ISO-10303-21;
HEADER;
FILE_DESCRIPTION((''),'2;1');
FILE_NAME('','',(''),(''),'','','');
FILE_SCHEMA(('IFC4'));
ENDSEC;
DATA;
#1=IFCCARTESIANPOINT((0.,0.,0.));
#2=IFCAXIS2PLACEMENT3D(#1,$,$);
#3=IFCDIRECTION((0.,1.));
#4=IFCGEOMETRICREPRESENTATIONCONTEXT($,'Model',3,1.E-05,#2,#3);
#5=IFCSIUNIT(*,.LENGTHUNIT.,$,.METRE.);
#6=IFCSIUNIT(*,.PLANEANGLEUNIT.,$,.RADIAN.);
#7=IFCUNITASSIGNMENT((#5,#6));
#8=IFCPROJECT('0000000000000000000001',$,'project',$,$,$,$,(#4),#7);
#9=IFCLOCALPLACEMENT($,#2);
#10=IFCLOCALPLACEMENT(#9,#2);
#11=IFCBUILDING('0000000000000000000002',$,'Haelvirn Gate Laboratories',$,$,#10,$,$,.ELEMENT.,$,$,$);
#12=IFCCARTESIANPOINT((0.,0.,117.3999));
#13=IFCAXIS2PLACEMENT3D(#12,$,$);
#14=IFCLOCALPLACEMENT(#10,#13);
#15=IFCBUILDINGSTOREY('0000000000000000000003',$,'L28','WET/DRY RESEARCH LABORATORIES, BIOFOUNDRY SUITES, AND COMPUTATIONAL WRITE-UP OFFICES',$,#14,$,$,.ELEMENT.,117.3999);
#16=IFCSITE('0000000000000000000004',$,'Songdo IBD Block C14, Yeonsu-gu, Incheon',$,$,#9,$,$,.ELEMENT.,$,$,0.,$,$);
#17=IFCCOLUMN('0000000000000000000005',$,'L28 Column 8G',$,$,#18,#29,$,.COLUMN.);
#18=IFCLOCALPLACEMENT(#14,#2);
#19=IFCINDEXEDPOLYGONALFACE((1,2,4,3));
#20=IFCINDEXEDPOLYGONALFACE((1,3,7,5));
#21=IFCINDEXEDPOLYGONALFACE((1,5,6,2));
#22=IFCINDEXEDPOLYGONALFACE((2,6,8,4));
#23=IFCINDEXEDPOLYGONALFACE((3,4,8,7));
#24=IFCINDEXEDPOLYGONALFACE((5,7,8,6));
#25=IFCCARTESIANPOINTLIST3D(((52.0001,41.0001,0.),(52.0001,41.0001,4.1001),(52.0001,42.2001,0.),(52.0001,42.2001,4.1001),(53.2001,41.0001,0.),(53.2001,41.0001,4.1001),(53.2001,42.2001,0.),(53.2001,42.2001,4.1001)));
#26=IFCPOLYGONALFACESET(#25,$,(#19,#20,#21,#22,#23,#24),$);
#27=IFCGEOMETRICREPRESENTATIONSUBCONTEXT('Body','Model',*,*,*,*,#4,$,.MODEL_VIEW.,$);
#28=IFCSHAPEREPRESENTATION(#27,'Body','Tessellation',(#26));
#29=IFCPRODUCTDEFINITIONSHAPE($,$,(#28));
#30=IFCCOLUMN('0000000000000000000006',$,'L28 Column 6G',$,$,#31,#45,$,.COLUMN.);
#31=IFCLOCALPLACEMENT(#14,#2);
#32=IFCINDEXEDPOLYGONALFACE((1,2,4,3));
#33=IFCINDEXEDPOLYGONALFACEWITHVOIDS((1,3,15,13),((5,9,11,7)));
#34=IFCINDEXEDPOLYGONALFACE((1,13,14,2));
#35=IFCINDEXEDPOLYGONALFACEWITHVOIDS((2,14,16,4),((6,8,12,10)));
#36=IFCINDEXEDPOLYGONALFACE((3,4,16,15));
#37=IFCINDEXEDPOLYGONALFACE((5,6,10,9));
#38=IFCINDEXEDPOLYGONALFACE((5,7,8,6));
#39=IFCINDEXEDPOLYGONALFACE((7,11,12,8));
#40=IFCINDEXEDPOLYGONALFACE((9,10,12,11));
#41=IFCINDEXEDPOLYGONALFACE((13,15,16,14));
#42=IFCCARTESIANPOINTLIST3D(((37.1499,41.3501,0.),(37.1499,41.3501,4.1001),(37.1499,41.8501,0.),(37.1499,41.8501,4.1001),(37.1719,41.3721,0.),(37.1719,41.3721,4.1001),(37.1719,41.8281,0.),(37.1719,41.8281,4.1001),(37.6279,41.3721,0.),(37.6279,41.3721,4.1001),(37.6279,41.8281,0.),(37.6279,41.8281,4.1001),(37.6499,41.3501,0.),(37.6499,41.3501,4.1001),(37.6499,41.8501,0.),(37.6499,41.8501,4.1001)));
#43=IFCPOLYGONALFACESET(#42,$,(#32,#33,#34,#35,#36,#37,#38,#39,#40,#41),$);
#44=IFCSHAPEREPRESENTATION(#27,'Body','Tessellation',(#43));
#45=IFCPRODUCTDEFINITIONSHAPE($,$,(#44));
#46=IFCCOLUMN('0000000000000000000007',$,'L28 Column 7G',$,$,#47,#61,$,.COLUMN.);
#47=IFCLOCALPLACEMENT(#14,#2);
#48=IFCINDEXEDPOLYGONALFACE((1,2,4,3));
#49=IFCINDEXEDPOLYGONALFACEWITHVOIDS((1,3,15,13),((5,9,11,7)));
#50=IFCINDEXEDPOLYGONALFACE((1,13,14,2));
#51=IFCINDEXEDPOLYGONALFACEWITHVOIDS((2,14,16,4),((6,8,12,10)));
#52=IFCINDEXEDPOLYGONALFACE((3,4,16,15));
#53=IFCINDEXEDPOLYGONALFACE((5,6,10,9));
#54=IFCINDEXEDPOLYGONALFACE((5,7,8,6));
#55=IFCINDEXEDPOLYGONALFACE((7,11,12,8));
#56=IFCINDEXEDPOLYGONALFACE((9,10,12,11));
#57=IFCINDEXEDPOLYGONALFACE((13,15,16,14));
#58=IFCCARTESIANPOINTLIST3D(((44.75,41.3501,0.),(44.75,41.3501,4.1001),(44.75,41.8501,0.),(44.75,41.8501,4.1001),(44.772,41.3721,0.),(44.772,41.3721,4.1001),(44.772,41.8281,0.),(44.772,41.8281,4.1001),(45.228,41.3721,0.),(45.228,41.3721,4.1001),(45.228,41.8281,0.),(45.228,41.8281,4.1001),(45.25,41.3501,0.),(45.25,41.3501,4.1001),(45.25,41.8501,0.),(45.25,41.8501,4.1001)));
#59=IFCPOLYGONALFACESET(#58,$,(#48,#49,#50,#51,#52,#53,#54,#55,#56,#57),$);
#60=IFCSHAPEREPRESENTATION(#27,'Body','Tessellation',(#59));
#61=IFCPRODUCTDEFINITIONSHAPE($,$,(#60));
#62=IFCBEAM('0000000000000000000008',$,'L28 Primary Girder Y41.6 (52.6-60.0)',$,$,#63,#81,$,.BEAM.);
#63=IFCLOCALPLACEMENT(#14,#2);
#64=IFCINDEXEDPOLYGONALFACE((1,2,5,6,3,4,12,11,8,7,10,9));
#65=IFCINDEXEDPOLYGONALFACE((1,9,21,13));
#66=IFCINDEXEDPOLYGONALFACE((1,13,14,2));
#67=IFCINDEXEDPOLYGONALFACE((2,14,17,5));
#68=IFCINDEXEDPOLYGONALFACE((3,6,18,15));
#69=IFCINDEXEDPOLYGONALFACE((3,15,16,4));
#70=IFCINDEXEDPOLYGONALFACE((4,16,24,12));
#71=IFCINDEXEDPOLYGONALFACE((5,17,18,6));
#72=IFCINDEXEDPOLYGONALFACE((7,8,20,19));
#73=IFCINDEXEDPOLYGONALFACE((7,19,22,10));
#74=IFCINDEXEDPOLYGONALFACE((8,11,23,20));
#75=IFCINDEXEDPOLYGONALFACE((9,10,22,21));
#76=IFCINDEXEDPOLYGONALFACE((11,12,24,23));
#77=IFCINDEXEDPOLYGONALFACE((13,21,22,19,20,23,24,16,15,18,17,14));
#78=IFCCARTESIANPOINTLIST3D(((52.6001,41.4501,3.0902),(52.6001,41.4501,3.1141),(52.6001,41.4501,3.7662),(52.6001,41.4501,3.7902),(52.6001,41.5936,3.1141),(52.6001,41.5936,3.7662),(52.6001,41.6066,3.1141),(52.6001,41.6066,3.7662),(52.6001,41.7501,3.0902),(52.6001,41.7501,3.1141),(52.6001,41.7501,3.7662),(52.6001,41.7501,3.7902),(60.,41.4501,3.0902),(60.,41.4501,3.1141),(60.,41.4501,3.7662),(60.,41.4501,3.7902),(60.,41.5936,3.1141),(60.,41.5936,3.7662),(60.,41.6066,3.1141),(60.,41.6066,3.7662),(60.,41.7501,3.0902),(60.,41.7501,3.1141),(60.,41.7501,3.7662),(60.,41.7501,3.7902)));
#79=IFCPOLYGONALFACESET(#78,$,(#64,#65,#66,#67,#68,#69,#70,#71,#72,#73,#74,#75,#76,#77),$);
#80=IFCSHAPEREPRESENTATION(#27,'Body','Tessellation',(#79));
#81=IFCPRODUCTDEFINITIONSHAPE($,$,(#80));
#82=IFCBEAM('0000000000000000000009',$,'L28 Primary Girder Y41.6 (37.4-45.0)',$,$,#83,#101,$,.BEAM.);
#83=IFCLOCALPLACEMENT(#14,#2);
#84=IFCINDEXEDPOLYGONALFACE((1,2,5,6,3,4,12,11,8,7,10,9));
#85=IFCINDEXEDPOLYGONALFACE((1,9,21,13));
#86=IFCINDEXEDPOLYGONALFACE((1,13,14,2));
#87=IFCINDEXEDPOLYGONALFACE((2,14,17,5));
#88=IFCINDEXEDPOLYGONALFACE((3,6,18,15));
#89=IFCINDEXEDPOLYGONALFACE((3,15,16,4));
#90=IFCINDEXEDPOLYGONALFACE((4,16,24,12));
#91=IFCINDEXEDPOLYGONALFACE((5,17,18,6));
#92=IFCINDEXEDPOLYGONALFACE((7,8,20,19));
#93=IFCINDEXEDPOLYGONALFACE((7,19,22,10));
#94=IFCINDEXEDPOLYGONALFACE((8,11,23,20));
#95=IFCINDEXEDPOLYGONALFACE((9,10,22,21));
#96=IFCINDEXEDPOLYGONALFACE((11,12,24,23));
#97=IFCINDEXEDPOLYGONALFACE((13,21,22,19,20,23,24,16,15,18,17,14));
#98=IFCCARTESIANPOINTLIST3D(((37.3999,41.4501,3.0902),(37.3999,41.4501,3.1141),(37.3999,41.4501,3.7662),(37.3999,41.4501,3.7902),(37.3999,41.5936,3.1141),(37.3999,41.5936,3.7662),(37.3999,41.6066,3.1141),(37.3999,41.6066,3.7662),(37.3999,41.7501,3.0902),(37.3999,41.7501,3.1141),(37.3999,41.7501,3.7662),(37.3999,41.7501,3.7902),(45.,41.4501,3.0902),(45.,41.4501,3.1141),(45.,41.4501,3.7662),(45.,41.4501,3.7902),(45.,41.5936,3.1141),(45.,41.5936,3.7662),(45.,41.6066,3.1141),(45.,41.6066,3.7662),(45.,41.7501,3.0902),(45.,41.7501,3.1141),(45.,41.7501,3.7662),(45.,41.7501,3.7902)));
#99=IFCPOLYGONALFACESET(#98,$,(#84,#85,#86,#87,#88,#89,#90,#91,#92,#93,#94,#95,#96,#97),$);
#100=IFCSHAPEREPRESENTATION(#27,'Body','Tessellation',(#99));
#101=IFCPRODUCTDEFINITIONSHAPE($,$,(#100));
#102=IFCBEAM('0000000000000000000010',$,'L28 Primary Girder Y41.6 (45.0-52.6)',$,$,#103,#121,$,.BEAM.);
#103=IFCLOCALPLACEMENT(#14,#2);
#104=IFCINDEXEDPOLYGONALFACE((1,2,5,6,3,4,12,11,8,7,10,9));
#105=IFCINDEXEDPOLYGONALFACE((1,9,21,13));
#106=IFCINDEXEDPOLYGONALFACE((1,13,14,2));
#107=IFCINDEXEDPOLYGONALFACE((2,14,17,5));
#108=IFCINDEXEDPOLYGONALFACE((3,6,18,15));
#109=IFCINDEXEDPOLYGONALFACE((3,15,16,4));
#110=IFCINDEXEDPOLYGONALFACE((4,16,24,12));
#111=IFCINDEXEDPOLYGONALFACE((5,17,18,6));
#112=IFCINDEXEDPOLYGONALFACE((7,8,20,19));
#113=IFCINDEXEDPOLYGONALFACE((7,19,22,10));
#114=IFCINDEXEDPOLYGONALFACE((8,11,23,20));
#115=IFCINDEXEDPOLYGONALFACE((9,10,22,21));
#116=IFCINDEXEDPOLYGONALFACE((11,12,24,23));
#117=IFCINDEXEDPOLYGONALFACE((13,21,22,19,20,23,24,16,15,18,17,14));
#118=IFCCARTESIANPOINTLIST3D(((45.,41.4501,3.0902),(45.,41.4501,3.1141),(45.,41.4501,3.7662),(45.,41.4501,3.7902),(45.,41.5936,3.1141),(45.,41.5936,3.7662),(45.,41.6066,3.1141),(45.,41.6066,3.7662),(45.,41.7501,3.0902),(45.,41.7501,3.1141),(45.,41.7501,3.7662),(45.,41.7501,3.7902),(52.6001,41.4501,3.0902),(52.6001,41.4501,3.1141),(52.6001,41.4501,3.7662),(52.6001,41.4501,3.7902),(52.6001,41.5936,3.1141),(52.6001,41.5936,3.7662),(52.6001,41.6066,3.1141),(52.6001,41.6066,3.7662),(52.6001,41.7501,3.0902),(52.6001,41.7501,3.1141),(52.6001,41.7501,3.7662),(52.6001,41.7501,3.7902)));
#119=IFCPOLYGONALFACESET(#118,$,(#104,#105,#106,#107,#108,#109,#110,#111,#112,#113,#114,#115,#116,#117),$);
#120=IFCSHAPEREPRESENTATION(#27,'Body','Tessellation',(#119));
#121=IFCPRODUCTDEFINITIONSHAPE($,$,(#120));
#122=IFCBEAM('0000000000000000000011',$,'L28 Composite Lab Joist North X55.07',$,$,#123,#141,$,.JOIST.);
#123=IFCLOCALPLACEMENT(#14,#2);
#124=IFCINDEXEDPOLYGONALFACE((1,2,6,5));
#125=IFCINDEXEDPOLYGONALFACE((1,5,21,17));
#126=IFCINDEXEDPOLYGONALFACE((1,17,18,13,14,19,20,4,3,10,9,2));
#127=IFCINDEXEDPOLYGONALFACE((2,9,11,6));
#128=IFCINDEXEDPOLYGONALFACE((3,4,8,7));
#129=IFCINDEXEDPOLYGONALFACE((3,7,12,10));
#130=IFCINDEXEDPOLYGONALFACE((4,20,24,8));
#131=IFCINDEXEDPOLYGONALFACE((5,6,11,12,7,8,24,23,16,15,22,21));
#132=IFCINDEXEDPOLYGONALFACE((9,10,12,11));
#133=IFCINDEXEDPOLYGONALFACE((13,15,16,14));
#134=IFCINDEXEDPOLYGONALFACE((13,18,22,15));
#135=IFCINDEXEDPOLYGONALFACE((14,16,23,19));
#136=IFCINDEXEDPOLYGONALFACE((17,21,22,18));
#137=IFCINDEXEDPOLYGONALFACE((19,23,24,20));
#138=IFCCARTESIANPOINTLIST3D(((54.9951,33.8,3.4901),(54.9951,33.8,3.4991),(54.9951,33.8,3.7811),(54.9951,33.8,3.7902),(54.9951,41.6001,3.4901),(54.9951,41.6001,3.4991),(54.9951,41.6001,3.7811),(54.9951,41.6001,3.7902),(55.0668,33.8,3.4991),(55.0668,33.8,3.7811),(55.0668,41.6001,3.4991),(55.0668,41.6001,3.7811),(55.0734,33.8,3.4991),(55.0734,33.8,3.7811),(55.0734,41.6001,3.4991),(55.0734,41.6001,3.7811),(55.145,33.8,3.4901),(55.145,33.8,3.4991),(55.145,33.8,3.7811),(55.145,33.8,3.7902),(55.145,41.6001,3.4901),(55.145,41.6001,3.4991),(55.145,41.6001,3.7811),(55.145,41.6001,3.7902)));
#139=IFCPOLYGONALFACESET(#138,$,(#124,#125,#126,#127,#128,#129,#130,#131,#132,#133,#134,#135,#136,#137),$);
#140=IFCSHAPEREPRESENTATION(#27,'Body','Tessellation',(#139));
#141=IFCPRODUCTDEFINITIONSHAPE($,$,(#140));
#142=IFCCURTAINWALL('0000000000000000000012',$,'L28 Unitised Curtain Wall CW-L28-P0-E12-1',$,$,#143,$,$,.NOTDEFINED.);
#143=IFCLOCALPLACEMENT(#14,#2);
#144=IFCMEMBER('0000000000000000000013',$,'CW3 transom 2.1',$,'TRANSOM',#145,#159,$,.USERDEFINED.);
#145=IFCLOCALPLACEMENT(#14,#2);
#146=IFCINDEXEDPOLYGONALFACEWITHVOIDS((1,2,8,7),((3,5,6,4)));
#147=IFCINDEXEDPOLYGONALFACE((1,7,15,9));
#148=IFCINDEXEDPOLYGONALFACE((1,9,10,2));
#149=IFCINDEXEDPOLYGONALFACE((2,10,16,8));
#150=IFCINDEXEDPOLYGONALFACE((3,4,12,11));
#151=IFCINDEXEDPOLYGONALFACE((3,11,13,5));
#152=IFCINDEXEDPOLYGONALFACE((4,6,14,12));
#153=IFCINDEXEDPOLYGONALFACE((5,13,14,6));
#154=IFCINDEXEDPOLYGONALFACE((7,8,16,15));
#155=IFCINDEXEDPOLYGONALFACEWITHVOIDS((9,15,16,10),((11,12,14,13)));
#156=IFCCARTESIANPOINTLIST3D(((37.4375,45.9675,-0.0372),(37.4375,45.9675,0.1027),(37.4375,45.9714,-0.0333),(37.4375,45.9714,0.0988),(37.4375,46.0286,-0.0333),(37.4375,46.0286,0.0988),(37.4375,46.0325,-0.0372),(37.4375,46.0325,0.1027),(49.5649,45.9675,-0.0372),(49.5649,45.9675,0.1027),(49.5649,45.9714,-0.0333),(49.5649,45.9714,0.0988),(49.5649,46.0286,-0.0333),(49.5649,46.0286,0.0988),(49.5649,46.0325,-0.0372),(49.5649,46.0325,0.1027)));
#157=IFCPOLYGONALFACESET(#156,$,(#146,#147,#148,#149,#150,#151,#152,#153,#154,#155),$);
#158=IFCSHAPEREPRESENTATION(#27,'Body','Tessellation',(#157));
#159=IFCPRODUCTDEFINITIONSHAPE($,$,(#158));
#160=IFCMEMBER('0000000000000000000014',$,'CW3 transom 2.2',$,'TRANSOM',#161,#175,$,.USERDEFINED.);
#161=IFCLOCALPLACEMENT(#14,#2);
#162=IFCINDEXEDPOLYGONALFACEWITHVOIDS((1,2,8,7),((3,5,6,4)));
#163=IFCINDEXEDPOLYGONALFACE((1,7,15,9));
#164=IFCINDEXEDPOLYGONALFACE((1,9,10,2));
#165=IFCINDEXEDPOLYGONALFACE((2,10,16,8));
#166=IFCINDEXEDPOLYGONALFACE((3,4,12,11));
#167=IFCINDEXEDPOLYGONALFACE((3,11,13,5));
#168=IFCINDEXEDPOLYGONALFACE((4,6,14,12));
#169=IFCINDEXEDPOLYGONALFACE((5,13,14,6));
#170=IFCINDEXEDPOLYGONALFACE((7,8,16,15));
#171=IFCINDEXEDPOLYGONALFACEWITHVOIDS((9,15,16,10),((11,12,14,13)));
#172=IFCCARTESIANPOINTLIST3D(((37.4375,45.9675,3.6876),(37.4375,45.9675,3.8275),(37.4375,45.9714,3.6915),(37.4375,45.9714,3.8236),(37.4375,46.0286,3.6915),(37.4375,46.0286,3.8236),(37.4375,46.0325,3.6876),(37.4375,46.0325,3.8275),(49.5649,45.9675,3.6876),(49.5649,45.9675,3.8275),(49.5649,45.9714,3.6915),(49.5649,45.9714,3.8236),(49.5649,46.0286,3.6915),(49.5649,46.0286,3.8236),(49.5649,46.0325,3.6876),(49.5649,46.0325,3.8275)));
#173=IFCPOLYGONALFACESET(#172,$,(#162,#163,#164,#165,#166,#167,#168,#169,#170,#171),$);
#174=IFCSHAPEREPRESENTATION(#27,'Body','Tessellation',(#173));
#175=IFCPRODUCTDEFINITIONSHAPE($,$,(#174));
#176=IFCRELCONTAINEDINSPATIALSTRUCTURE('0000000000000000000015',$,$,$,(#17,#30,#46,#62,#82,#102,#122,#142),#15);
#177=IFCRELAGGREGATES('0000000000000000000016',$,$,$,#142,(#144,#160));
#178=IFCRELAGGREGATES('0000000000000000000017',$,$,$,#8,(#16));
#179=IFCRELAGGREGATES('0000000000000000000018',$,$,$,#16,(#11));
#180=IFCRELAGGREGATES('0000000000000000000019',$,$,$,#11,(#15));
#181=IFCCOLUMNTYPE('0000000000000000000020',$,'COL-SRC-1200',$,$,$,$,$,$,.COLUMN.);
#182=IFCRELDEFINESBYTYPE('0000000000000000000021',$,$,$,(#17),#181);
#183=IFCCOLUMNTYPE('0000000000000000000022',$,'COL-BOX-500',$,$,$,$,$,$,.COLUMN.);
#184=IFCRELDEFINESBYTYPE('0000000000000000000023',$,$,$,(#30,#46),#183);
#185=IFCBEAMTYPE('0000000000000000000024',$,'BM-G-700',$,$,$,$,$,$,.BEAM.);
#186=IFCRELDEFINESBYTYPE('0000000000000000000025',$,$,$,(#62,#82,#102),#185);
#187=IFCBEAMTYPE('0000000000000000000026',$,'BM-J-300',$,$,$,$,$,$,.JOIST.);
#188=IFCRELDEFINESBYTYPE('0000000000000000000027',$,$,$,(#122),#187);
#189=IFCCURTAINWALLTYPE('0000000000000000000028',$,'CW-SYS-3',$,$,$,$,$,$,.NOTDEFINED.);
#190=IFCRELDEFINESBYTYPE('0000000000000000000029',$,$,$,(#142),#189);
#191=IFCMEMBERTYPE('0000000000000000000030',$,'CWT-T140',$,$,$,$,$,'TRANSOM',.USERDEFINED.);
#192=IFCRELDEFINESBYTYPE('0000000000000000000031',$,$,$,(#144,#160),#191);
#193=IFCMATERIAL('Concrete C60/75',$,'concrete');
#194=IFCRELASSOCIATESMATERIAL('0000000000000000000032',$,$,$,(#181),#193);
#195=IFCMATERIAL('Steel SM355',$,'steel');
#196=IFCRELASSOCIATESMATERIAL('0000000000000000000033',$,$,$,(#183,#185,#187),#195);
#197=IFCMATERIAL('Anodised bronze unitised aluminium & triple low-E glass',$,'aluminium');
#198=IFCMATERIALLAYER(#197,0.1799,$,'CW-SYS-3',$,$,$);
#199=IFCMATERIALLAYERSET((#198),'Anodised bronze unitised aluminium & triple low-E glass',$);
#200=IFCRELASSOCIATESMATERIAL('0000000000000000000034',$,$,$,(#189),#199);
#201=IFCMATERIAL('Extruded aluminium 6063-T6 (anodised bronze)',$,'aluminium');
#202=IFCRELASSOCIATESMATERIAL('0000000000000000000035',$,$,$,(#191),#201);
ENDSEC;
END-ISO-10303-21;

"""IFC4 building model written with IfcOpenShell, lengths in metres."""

from ifc_helpers import new_model, si_unit, direction, frame, origin, origin_2d, place, context, subcontext, project, spatial, rectangle, hollow_rectangle, i_section, extrude, source, transform, mapped, material, layer, layer_set, material_profile, profile_set, type_object, type_shapes, element, aggregate, save


model = new_model("IFC4")

# Units and contexts
model_context = context("Model", 3, precision=1e-05, world=origin(), true_north=direction((0.0, 1.0)))
body_context = subcontext(model_context, "Body", "Model", "MODEL_VIEW")
ifc_project = project(units=[si_unit("LENGTHUNIT", "METRE"), si_unit("PLANEANGLEUNIT", "RADIAN")], contexts=[model_context])

# Site, building, storey
site_placement = place(None, origin())
site = spatial("IfcSite", under=ifc_project, at=site_placement, Name="Songdo IBD Block C14, Yeonsu-gu, Incheon", CompositionType="ELEMENT", RefElevation=0.0)
building_placement = place(site_placement, origin())
building = spatial("IfcBuilding", under=site, at=building_placement, Name="Haelvirn Gate Laboratories", CompositionType="ELEMENT")
storey_placement = place(building_placement, frame((0.0, 0.0, 117.3999)))
storey = spatial("IfcBuildingStorey", under=building, at=storey_placement, Name="L28", Description="WET/DRY RESEARCH LABORATORIES, BIOFOUNDRY SUITES, AND COMPUTATIONAL WRITE-UP OFFICES", CompositionType="ELEMENT", Elevation=117.3999)

# Columns
ifc_material_1 = material(Name="Concrete C60/75", Category="concrete")
ifc_material_profile_1 = material_profile(ifc_material_1, rectangle(XDim=1.2, YDim=1.2, at=origin_2d()), Name="SRC-1200x1200")
ifc_profile_set_1 = profile_set([ifc_material_profile_1], Name="Concrete C60/75")
column_type_1 = type_object("IfcColumnType", Name="COL-SRC-1200", PredefinedType="COLUMN", material=ifc_profile_set_1)
shared_shape_1 = source(origin(), body_context, "Body", "SweptSolid", [
    extrude(rectangle(XDim=1.2, YDim=1.2, at=origin_2d()), origin(), (0.0, 0.0, 1.0), 4.1001),
])
type_shapes(column_type_1, [shared_shape_1])
column_placement = place(storey_placement, frame((52.6001, 41.6001, 0.0), z_axis=(0.0, 0.0, 1.0), x_axis=(1.0, 0.0, 0.0)))
element("IfcColumn", 1, at=column_placement, inside=storey, type_object=column_type_1, Name="L28 Column 8G", PredefinedType="COLUMN", context=body_context, shape_type="MappedRepresentation", body=[
    mapped(shared_shape_1, transform((0.0, 0.0, 0.0), scale=1.0)),
])
ifc_material_2 = material(Name="Steel SM355", Category="steel")
ifc_material_profile_2 = material_profile(ifc_material_2, hollow_rectangle(XDim=0.5, YDim=0.5, WallThickness=0.022, at=origin_2d()), Name="BOX-500x500x22")
ifc_profile_set_2 = profile_set([ifc_material_profile_2], Name="Steel SM355")
column_type_2 = type_object("IfcColumnType", Name="COL-BOX-500", PredefinedType="COLUMN", material=ifc_profile_set_2)
shared_shape_2 = source(origin(), body_context, "Body", "SweptSolid", [
    extrude(hollow_rectangle(XDim=0.5, YDim=0.5, WallThickness=0.022, at=origin_2d()), origin(), (0.0, 0.0, 1.0), 4.1001),
])
type_shapes(column_type_2, [shared_shape_2])
for number, where, z_axis, x_axis, name in (
    (2, (37.3999, 41.6001, 0.0), (0.0, 0.0, 1.0), (1.0, 0.0, 0.0), "L28 Column 6G"),
    (3, (45.0, 41.6001, 0.0), (0.0, 0.0, 1.0), (1.0, 0.0, 0.0), "L28 Column 7G"),
):
    element("IfcColumn", number, at=place(storey_placement, frame(where, z_axis=z_axis, x_axis=x_axis)), inside=storey, type_object=column_type_2, Name=name, PredefinedType="COLUMN", context=body_context, shape_type="MappedRepresentation", body=[
        mapped(shared_shape_2, transform((0.0, 0.0, 0.0), scale=1.0)),
    ])

# Beams
ifc_material_profile_3 = material_profile(ifc_material_2, i_section(OverallWidth=0.3, OverallDepth=0.7, WebThickness=0.0129, FlangeThickness=0.0239, at=origin_2d()), Name="H-700x300x13x24")
ifc_profile_set_3 = profile_set([ifc_material_profile_3], Name="Steel SM355")
beam_type_1 = type_object("IfcBeamType", Name="BM-G-700", PredefinedType="BEAM", material=ifc_profile_set_3)
shared_shape_3 = source(origin(), body_context, "Body", "SweptSolid", [
    extrude(i_section(OverallWidth=0.3, OverallDepth=0.7, WebThickness=0.0129, FlangeThickness=0.0239, at=origin_2d()), origin(), (0.0, 0.0, 1.0), 7.3999),
])
beam_1_placement = place(storey_placement, frame((52.6001, 41.6001, 3.4402), z_axis=(1.0, 0.0, 0.0), x_axis=(0.0, 1.0, 0.0)))
element("IfcBeam", 4, at=beam_1_placement, inside=storey, type_object=beam_type_1, Name="L28 Primary Girder Y41.6 (52.6-60.0)", PredefinedType="BEAM", context=body_context, shape_type="MappedRepresentation", body=[
    mapped(shared_shape_3, transform((0.0, 0.0, 0.0), scale=1.0)),
])
shared_shape_4 = source(origin(), body_context, "Body", "SweptSolid", [
    extrude(i_section(OverallWidth=0.3, OverallDepth=0.7, WebThickness=0.0129, FlangeThickness=0.0239, at=origin_2d()), origin(), (0.0, 0.0, 1.0), 7.6001),
])
type_shapes(beam_type_1, [shared_shape_3, shared_shape_4])
for number, where, z_axis, x_axis, name in (
    (5, (37.3999, 41.6001, 3.4402), (1.0, 0.0, 0.0), (0.0, 1.0, 0.0), "L28 Primary Girder Y41.6 (37.4-45.0)"),
    (6, (45.0, 41.6001, 3.4402), (1.0, 0.0, 0.0), (0.0, 1.0, 0.0), "L28 Primary Girder Y41.6 (45.0-52.6)"),
):
    element("IfcBeam", number, at=place(storey_placement, frame(where, z_axis=z_axis, x_axis=x_axis)), inside=storey, type_object=beam_type_1, Name=name, PredefinedType="BEAM", context=body_context, shape_type="MappedRepresentation", body=[
        mapped(shared_shape_4, transform((0.0, 0.0, 0.0), scale=1.0)),
    ])
ifc_material_profile_4 = material_profile(ifc_material_2, i_section(OverallWidth=0.1499, OverallDepth=0.3, WebThickness=0.0066, FlangeThickness=0.009, at=origin_2d()), Name="H-300x150x6.5x9")
ifc_profile_set_4 = profile_set([ifc_material_profile_4], Name="Steel SM355")
beam_type_2 = type_object("IfcBeamType", Name="BM-J-300", PredefinedType="JOIST", material=ifc_profile_set_4)
shared_shape_5 = source(origin(), body_context, "Body", "SweptSolid", [
    extrude(i_section(OverallWidth=0.1499, OverallDepth=0.3, WebThickness=0.0066, FlangeThickness=0.009, at=origin_2d()), origin(), (0.0, 0.0, 1.0), 7.8),
])
type_shapes(beam_type_2, [shared_shape_5])
beam_2_placement = place(storey_placement, frame((55.0701, 33.8, 3.6401), z_axis=(0.0, 1.0, 0.0), x_axis=(-1.0, 0.0, 0.0)))
element("IfcBeam", 7, at=beam_2_placement, inside=storey, type_object=beam_type_2, Name="L28 Composite Lab Joist North X55.07", PredefinedType="JOIST", context=body_context, shape_type="MappedRepresentation", body=[
    mapped(shared_shape_5, transform((0.0, 0.0, 0.0), scale=1.0)),
])

# Curtain wall, members
ifc_material_3 = material(Name="Anodised bronze unitised aluminium & triple low-E glass", Category="aluminium")
ifc_layer_1 = layer(ifc_material_3, 0.1799, Name="CW-SYS-3")
ifc_layer_set_1 = layer_set([ifc_layer_1], Name="Anodised bronze unitised aluminium & triple low-E glass")
curtain_wall_type = type_object("IfcCurtainWallType", Name="CW-SYS-3", PredefinedType="NOTDEFINED", material=ifc_layer_set_1)
curtain_wall_1_placement = place(storey_placement, origin())
curtain_wall_1 = element("IfcCurtainWall", 8, at=curtain_wall_1_placement, inside=storey, type_object=curtain_wall_type, Name="L28 Unitised Curtain Wall CW-L28-P0-E12-1", PredefinedType="NOTDEFINED")
ifc_material_4 = material(Name="Extruded aluminium 6063-T6 (anodised bronze)", Category="aluminium")
ifc_material_profile_5 = material_profile(ifc_material_4, hollow_rectangle(XDim=0.0649, YDim=0.1399, WallThickness=0.0039, at=origin_2d()), Name="CWT-140x65x4")
ifc_profile_set_5 = profile_set([ifc_material_profile_5], Name="Extruded aluminium 6063-T6 (anodised bronze)")
member_type_1 = type_object("IfcMemberType", Name="CWT-T140", ElementType="TRANSOM", PredefinedType="USERDEFINED", material=ifc_profile_set_5)
shared_shape_6 = source(origin(), body_context, "Body", "SweptSolid", [
    extrude(hollow_rectangle(XDim=0.0649, YDim=0.1399, WallThickness=0.0039, at=origin_2d()), origin(), (0.0, 0.0, 1.0), 12.1274),
])
member_1_placement = place(storey_placement, frame((37.4375, 46.0, 0.0327), z_axis=(1.0, 0.0, 0.0), x_axis=(0.0, 1.0, 0.0)))
member_1 = element("IfcMember", 9, at=member_1_placement, type_object=member_type_1, Name="CW3 transom 2.1", ObjectType="TRANSOM", PredefinedType="USERDEFINED", context=body_context, shape_type="MappedRepresentation", body=[
    mapped(shared_shape_6, transform((0.0, 0.0, 0.0), scale=1.0)),
])
member_2_placement = place(storey_placement, frame((37.4375, 46.0, 3.7576), z_axis=(1.0, 0.0, 0.0), x_axis=(0.0, 1.0, 0.0)))
member_2 = element("IfcMember", 10, at=member_2_placement, type_object=member_type_1, Name="CW3 transom 2.2", ObjectType="TRANSOM", PredefinedType="USERDEFINED", context=body_context, shape_type="MappedRepresentation", body=[
    mapped(shared_shape_6, transform((0.0, 0.0, 0.0), scale=1.0)),
])

aggregate(curtain_wall_1, [member_1, member_2])

save(model, "model.ifc")
